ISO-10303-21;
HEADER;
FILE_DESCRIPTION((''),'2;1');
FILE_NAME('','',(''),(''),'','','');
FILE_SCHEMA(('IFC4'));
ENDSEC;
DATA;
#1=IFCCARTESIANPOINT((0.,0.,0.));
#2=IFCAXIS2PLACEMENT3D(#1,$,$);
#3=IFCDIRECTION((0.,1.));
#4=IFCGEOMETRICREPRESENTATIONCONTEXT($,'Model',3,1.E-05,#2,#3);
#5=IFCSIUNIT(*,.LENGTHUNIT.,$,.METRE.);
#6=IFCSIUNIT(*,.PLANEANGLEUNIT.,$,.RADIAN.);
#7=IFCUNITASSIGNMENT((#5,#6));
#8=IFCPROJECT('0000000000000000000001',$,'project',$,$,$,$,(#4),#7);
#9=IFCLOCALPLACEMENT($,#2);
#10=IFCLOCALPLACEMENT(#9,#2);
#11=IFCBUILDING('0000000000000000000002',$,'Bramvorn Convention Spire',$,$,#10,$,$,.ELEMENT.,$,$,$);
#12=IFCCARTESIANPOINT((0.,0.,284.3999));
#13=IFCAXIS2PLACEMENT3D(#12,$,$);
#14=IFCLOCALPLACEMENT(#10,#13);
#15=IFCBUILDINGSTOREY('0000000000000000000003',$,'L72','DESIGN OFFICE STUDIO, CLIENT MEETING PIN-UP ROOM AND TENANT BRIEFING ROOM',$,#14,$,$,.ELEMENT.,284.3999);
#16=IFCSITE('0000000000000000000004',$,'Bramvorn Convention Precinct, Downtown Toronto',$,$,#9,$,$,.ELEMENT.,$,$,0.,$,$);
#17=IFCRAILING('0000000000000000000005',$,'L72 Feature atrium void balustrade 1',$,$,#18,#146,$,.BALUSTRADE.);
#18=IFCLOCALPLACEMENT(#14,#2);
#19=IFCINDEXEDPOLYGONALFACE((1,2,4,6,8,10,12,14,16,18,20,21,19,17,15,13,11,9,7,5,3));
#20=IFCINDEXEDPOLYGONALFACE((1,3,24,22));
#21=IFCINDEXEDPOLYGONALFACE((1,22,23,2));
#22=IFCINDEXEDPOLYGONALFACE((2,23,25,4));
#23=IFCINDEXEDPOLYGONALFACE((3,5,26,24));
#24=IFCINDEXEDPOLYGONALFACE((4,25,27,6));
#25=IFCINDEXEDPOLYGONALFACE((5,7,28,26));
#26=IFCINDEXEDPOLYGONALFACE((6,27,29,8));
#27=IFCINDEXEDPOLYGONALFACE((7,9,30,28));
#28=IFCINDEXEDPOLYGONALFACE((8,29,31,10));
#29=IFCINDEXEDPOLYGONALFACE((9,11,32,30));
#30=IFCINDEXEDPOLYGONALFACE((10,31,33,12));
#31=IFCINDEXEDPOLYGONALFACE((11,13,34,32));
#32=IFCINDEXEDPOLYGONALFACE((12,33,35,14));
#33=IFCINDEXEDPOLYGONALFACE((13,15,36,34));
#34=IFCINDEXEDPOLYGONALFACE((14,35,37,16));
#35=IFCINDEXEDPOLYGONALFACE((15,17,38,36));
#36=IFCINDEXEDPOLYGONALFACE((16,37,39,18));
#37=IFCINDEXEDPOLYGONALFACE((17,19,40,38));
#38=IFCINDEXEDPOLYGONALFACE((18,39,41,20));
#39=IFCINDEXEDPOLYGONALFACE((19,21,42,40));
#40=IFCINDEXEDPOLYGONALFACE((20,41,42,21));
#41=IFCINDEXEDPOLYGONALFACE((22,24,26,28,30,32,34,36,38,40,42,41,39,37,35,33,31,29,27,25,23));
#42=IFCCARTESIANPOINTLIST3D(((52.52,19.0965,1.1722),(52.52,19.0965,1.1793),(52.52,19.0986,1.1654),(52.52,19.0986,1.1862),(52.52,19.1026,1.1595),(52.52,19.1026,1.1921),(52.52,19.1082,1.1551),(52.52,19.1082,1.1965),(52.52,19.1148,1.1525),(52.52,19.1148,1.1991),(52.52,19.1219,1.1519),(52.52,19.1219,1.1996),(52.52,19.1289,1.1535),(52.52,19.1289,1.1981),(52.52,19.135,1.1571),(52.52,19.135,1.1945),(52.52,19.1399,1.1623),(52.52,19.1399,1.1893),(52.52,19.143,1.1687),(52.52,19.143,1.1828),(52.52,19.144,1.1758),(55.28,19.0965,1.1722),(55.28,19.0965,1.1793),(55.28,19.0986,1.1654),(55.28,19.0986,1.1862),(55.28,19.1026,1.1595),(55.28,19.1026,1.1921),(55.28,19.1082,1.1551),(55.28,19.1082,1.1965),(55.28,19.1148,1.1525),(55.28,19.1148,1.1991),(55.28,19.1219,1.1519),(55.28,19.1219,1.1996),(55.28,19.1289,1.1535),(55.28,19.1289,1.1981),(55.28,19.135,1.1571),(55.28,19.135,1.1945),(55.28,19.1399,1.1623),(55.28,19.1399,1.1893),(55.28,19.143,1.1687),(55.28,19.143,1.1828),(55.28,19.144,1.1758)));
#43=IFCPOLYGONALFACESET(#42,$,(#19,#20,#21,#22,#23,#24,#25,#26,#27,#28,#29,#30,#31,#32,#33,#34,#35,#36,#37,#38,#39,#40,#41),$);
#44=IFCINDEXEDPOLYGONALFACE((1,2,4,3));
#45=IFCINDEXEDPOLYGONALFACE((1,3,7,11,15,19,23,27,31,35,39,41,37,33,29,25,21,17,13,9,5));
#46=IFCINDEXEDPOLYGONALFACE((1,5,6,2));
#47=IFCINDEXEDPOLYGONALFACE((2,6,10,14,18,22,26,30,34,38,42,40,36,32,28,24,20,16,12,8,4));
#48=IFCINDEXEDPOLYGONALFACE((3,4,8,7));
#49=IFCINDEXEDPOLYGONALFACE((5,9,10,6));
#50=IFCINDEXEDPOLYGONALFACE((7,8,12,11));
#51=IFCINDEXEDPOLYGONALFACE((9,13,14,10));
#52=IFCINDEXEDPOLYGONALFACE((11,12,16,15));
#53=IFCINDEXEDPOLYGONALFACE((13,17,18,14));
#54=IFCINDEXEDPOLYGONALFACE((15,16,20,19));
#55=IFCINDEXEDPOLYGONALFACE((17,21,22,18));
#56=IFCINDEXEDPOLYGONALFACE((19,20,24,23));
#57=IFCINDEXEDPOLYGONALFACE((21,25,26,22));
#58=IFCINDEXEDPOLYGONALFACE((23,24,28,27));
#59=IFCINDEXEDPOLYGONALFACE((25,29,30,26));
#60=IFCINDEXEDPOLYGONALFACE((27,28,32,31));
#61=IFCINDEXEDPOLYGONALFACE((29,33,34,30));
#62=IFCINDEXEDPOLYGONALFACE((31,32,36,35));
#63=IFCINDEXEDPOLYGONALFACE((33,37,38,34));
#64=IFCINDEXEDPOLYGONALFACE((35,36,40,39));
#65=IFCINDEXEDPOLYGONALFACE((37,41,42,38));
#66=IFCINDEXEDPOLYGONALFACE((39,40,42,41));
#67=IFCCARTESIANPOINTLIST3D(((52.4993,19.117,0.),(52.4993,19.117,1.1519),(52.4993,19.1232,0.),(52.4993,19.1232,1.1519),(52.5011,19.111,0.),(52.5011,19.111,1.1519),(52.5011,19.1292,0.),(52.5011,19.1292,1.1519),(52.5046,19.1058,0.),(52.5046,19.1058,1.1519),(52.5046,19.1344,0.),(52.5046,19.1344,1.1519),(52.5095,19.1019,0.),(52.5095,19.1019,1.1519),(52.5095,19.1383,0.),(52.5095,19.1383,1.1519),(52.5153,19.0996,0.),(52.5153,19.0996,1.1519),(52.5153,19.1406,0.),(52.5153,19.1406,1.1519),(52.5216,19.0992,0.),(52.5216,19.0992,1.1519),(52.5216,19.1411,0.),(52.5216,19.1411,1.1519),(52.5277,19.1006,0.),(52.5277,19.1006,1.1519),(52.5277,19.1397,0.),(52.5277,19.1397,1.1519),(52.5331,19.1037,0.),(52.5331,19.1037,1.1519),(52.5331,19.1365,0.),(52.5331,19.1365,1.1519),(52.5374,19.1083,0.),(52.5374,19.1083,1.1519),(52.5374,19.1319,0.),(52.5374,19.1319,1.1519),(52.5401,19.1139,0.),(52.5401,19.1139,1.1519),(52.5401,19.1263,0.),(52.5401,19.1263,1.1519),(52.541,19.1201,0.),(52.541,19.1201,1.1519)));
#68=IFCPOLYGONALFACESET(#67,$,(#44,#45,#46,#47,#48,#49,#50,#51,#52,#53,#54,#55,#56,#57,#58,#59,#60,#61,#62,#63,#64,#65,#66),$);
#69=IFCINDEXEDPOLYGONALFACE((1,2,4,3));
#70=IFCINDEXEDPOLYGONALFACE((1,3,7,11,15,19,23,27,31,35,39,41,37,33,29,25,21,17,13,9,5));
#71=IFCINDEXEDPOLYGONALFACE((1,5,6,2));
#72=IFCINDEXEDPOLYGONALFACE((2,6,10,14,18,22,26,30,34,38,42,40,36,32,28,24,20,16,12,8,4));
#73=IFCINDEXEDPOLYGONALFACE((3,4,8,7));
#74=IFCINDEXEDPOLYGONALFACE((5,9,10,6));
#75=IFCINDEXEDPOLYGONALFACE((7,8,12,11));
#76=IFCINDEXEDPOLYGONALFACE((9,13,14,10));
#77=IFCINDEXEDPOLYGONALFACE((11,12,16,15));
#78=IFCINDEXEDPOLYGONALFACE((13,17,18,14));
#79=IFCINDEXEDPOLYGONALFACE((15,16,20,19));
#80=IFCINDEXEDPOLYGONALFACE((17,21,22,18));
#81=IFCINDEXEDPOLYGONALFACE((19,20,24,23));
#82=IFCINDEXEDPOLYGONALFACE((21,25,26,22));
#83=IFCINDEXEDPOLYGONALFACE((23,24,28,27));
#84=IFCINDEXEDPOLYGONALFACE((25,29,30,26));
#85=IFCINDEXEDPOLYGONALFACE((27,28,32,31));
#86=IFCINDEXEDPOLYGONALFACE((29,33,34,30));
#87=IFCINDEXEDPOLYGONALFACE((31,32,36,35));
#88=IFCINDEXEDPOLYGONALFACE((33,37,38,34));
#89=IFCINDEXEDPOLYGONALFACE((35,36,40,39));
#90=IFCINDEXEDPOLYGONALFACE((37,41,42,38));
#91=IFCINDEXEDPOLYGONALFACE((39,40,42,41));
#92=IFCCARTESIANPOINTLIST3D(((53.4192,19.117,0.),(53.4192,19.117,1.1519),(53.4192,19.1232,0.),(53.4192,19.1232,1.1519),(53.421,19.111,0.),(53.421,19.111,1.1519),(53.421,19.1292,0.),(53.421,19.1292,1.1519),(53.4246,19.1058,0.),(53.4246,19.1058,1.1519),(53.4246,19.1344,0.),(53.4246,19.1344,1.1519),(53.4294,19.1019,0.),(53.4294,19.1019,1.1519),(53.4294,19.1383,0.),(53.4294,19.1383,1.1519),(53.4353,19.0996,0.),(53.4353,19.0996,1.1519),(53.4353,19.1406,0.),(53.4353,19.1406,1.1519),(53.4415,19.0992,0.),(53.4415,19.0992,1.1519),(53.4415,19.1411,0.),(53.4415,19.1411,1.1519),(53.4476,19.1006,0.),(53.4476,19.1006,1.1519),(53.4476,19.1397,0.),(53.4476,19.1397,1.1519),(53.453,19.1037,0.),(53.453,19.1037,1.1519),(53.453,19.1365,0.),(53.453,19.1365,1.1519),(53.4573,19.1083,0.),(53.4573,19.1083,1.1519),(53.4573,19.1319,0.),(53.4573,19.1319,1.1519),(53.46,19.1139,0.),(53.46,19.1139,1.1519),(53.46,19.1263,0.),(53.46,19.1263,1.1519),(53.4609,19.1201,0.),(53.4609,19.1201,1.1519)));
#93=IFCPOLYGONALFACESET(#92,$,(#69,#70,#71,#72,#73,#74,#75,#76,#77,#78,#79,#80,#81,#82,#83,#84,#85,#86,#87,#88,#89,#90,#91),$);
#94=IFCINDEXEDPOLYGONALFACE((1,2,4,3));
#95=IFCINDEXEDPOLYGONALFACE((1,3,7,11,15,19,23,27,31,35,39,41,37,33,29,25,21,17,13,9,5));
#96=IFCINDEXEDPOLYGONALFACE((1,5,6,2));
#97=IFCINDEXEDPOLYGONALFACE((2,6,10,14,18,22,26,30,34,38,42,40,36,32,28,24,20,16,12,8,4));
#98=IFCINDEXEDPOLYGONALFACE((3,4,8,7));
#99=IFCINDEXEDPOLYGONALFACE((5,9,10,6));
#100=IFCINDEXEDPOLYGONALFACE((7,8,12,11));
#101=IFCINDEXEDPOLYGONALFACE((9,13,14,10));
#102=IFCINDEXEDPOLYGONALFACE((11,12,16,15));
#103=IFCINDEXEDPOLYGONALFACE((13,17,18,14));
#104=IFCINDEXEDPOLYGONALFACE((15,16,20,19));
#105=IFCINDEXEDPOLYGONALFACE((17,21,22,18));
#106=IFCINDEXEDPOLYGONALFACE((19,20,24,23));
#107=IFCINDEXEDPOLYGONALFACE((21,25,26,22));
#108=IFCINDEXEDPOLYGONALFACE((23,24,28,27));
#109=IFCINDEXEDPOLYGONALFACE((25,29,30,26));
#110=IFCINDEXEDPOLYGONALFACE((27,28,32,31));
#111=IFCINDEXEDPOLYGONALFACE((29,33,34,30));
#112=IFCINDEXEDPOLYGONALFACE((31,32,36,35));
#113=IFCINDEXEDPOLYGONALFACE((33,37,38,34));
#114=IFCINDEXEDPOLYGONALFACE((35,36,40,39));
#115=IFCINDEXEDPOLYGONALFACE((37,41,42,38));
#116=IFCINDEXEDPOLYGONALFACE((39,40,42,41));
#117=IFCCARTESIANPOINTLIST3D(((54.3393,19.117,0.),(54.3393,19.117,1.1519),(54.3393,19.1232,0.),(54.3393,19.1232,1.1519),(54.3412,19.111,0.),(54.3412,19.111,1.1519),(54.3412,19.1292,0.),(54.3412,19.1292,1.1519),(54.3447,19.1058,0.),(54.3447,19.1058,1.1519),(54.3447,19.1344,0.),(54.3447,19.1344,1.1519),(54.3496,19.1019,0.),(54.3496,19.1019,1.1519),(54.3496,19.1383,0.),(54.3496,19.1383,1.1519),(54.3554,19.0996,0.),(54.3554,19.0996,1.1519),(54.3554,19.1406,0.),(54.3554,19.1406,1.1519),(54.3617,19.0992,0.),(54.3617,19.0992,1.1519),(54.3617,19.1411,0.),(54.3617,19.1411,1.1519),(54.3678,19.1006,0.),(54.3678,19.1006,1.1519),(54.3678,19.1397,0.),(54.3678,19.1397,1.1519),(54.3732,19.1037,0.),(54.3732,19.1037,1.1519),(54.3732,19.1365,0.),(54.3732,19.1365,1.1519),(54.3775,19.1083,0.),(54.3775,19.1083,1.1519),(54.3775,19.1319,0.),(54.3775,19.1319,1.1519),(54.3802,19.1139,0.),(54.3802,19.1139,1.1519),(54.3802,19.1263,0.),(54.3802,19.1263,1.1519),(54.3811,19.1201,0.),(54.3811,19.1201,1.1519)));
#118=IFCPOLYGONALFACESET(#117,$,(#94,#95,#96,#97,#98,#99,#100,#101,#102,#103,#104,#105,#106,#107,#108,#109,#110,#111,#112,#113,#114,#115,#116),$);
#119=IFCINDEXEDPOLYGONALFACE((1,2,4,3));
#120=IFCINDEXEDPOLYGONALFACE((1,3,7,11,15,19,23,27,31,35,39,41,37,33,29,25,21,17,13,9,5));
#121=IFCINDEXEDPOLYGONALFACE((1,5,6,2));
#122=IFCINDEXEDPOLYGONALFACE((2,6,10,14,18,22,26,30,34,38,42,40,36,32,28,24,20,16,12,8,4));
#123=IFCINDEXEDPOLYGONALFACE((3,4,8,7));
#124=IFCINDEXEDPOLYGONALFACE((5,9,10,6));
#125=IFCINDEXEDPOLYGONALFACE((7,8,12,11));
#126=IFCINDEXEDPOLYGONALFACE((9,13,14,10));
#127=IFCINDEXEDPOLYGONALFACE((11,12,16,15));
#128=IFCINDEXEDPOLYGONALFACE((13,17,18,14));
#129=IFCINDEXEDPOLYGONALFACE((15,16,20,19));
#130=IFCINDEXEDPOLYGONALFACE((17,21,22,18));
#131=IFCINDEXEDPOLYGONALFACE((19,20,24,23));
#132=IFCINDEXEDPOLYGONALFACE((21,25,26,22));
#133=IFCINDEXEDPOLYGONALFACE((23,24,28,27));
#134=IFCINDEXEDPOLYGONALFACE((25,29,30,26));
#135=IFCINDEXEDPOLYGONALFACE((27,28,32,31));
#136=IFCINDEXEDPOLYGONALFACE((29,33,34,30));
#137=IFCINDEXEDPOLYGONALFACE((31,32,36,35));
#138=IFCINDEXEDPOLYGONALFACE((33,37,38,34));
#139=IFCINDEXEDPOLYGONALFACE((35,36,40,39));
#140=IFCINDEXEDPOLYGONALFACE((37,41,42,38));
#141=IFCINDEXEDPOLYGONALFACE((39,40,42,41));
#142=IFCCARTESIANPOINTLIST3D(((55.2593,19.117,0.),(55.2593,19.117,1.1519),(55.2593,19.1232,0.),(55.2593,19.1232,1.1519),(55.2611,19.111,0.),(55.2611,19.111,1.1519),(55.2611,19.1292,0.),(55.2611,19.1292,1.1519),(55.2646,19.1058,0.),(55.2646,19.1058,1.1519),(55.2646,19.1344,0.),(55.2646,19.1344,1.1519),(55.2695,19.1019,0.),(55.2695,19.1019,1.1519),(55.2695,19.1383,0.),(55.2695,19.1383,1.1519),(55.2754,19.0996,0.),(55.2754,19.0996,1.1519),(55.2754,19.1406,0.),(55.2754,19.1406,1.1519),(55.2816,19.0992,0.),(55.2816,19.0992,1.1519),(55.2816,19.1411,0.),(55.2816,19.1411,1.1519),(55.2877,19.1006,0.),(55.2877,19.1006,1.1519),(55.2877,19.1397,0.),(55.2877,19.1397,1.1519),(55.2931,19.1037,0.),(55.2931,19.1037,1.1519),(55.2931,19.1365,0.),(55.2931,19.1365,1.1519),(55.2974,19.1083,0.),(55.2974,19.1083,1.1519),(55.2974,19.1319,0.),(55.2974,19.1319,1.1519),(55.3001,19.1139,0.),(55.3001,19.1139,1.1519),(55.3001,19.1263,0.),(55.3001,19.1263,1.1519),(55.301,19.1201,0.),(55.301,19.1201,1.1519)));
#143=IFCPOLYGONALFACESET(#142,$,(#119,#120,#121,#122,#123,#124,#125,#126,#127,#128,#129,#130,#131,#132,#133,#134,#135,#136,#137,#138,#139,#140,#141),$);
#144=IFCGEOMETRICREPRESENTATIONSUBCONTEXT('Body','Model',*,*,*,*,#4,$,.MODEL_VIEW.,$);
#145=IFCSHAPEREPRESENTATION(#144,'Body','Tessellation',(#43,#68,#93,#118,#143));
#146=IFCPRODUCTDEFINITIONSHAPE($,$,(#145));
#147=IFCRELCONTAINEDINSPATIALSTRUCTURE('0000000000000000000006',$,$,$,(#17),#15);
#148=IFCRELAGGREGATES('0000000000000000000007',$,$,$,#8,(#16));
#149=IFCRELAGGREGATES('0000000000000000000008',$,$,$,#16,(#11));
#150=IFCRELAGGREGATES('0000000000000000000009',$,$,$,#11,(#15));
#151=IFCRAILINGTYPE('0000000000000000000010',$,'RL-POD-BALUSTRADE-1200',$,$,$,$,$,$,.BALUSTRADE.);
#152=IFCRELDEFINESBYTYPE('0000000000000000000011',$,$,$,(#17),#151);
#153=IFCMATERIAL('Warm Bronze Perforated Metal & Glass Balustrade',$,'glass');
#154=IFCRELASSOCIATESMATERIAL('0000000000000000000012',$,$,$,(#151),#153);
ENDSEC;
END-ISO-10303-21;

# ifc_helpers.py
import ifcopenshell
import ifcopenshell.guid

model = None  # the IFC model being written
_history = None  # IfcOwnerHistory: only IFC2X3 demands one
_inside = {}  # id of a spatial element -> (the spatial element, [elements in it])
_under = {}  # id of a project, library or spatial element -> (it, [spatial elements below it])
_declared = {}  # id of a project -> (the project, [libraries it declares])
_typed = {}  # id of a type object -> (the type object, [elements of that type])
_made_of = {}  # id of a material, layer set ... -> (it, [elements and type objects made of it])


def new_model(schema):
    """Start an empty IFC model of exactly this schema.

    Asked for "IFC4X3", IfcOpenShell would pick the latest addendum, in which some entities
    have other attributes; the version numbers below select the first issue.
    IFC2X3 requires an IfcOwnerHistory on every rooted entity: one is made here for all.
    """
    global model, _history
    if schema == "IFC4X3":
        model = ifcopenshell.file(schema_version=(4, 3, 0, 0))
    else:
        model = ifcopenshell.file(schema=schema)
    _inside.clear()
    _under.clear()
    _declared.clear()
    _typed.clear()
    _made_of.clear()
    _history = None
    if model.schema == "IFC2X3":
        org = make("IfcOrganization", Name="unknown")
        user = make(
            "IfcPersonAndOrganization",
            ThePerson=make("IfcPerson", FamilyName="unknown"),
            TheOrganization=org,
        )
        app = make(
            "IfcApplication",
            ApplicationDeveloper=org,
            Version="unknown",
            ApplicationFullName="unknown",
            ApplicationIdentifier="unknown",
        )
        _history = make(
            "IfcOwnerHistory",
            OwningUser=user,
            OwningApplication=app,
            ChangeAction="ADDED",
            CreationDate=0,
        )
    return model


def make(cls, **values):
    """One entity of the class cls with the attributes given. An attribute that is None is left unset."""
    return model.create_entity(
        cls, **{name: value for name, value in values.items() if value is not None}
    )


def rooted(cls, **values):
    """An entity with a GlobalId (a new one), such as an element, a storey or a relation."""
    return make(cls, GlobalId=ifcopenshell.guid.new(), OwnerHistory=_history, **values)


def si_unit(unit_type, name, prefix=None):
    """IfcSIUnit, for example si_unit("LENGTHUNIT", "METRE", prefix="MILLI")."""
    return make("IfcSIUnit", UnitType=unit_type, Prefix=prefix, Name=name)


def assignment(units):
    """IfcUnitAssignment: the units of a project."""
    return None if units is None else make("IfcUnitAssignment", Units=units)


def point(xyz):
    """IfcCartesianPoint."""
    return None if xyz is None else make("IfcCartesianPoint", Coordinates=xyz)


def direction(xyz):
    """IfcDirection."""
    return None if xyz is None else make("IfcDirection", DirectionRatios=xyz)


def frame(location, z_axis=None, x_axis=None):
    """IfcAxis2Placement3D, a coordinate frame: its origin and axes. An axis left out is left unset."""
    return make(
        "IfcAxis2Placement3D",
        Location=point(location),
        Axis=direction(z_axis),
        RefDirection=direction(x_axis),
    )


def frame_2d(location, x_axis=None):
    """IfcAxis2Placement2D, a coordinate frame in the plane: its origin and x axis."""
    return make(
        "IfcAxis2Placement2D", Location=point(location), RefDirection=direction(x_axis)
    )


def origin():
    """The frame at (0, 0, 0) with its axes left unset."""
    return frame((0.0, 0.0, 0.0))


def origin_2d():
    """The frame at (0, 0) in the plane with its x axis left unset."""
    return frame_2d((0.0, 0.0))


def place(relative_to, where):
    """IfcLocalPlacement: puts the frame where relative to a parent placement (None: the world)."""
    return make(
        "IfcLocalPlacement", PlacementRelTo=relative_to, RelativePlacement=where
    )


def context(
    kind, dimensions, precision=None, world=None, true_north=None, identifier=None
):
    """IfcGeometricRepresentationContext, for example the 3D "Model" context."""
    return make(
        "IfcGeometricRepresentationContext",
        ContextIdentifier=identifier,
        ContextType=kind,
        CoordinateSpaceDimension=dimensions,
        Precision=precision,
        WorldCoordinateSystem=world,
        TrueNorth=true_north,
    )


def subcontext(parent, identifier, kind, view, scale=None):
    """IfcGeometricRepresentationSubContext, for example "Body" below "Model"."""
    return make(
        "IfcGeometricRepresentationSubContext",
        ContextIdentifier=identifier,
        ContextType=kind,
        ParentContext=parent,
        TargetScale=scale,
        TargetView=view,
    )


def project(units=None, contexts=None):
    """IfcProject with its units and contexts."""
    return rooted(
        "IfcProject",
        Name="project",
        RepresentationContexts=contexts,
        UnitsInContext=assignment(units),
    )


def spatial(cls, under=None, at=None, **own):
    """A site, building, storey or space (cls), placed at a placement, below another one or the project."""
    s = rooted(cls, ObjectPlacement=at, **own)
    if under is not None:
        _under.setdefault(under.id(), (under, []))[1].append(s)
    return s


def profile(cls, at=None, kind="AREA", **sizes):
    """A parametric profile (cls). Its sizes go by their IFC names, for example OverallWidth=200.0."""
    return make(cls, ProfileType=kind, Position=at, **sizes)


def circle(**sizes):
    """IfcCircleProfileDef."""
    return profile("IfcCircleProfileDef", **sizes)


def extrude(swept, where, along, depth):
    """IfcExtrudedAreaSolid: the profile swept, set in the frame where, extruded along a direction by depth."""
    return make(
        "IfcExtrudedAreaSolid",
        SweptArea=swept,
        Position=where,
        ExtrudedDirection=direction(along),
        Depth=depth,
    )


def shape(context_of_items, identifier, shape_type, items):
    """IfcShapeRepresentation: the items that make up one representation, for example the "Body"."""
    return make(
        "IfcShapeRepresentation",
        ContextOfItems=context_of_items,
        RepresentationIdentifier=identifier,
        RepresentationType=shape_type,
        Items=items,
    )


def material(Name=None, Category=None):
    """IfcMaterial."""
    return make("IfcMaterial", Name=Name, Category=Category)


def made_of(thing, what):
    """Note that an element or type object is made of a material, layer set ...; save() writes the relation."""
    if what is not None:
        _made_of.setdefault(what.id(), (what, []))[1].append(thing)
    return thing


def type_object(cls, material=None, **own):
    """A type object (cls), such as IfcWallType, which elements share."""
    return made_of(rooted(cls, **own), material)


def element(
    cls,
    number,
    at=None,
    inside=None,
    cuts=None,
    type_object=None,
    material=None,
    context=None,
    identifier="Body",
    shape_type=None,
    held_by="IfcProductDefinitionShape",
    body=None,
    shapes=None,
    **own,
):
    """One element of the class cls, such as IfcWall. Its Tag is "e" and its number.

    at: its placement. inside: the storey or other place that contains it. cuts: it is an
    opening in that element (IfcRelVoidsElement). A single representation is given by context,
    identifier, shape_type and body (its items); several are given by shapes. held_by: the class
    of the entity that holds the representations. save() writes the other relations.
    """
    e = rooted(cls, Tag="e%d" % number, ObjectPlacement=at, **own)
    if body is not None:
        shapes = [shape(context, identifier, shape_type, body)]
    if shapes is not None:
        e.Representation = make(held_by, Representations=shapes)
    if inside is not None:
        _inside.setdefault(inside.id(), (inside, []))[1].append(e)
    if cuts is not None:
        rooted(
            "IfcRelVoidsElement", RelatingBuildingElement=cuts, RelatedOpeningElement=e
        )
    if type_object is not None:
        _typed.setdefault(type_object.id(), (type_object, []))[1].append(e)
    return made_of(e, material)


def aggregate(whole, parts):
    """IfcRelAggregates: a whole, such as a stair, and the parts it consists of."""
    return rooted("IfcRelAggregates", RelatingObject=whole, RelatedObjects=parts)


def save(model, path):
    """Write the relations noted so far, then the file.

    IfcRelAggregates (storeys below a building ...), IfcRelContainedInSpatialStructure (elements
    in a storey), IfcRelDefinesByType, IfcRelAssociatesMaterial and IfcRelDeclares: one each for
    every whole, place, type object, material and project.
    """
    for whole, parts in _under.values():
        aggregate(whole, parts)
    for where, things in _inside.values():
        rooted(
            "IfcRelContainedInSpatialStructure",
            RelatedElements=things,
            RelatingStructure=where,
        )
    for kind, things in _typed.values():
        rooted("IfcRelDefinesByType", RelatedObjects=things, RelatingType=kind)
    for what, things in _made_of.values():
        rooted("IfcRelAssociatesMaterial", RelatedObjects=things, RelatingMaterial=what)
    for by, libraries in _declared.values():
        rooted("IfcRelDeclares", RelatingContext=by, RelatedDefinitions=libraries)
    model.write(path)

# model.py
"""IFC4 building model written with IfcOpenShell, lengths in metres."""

from ifc_helpers import new_model, si_unit, direction, frame, origin, origin_2d, place, context, subcontext, project, spatial, circle, extrude, material, type_object, element, save


model = new_model("IFC4")

# Units and contexts
model_context = context("Model", 3, precision=1e-05, world=origin(), true_north=direction((0.0, 1.0)))
body_context = subcontext(model_context, "Body", "Model", "MODEL_VIEW")
ifc_project = project(units=[si_unit("LENGTHUNIT", "METRE"), si_unit("PLANEANGLEUNIT", "RADIAN")], contexts=[model_context])

# Site, building, storey
site_placement = place(None, origin())
site = spatial("IfcSite", under=ifc_project, at=site_placement, Name="Bramvorn Convention Precinct, Downtown Toronto", CompositionType="ELEMENT", RefElevation=0.0)
building_placement = place(site_placement, origin())
building = spatial("IfcBuilding", under=site, at=building_placement, Name="Bramvorn Convention Spire", CompositionType="ELEMENT")
storey_placement = place(building_placement, frame((0.0, 0.0, 284.3999)))
storey = spatial("IfcBuildingStorey", under=building, at=storey_placement, Name="L72", Description="DESIGN OFFICE STUDIO, CLIENT MEETING PIN-UP ROOM AND TENANT BRIEFING ROOM", CompositionType="ELEMENT", Elevation=284.3999)

# Railing
ifc_material_1 = material(Name="Warm Bronze Perforated Metal & Glass Balustrade", Category="glass")
railing_type = type_object("IfcRailingType", Name="RL-POD-BALUSTRADE-1200", PredefinedType="BALUSTRADE", material=ifc_material_1)
railing_1_placement = place(storey_placement, frame((52.52, 19.1201, 0.0)))
element("IfcRailing", 1, at=railing_1_placement, inside=storey, type_object=railing_type, Name="L72 Feature atrium void balustrade 1", PredefinedType="BALUSTRADE", context=body_context, shape_type="SweptSolid", body=[
    extrude(circle(Radius=0.0239, at=origin_2d()), frame((0.0, 0.0, 1.1758), z_axis=(1.0, 0.0, 0.0), x_axis=(0.0, 1.0, 0.0)), (0.0, 0.0, 1.0), 2.76),
    extrude(circle(Radius=0.021, at=origin_2d()), origin(), (0.0, 0.0, 1.0), 1.1519),
    extrude(circle(Radius=0.021, at=origin_2d()), frame((0.9199, 0.0, 0.0)), (0.0, 0.0, 1.0), 1.1519),
    extrude(circle(Radius=0.021, at=origin_2d()), frame((1.8401, 0.0, 0.0)), (0.0, 0.0, 1.0), 1.1519),
    extrude(circle(Radius=0.021, at=origin_2d()), frame((2.76, 0.0, 0.0)), (0.0, 0.0, 1.0), 1.1519),
])

save(model, "model.ifc")
